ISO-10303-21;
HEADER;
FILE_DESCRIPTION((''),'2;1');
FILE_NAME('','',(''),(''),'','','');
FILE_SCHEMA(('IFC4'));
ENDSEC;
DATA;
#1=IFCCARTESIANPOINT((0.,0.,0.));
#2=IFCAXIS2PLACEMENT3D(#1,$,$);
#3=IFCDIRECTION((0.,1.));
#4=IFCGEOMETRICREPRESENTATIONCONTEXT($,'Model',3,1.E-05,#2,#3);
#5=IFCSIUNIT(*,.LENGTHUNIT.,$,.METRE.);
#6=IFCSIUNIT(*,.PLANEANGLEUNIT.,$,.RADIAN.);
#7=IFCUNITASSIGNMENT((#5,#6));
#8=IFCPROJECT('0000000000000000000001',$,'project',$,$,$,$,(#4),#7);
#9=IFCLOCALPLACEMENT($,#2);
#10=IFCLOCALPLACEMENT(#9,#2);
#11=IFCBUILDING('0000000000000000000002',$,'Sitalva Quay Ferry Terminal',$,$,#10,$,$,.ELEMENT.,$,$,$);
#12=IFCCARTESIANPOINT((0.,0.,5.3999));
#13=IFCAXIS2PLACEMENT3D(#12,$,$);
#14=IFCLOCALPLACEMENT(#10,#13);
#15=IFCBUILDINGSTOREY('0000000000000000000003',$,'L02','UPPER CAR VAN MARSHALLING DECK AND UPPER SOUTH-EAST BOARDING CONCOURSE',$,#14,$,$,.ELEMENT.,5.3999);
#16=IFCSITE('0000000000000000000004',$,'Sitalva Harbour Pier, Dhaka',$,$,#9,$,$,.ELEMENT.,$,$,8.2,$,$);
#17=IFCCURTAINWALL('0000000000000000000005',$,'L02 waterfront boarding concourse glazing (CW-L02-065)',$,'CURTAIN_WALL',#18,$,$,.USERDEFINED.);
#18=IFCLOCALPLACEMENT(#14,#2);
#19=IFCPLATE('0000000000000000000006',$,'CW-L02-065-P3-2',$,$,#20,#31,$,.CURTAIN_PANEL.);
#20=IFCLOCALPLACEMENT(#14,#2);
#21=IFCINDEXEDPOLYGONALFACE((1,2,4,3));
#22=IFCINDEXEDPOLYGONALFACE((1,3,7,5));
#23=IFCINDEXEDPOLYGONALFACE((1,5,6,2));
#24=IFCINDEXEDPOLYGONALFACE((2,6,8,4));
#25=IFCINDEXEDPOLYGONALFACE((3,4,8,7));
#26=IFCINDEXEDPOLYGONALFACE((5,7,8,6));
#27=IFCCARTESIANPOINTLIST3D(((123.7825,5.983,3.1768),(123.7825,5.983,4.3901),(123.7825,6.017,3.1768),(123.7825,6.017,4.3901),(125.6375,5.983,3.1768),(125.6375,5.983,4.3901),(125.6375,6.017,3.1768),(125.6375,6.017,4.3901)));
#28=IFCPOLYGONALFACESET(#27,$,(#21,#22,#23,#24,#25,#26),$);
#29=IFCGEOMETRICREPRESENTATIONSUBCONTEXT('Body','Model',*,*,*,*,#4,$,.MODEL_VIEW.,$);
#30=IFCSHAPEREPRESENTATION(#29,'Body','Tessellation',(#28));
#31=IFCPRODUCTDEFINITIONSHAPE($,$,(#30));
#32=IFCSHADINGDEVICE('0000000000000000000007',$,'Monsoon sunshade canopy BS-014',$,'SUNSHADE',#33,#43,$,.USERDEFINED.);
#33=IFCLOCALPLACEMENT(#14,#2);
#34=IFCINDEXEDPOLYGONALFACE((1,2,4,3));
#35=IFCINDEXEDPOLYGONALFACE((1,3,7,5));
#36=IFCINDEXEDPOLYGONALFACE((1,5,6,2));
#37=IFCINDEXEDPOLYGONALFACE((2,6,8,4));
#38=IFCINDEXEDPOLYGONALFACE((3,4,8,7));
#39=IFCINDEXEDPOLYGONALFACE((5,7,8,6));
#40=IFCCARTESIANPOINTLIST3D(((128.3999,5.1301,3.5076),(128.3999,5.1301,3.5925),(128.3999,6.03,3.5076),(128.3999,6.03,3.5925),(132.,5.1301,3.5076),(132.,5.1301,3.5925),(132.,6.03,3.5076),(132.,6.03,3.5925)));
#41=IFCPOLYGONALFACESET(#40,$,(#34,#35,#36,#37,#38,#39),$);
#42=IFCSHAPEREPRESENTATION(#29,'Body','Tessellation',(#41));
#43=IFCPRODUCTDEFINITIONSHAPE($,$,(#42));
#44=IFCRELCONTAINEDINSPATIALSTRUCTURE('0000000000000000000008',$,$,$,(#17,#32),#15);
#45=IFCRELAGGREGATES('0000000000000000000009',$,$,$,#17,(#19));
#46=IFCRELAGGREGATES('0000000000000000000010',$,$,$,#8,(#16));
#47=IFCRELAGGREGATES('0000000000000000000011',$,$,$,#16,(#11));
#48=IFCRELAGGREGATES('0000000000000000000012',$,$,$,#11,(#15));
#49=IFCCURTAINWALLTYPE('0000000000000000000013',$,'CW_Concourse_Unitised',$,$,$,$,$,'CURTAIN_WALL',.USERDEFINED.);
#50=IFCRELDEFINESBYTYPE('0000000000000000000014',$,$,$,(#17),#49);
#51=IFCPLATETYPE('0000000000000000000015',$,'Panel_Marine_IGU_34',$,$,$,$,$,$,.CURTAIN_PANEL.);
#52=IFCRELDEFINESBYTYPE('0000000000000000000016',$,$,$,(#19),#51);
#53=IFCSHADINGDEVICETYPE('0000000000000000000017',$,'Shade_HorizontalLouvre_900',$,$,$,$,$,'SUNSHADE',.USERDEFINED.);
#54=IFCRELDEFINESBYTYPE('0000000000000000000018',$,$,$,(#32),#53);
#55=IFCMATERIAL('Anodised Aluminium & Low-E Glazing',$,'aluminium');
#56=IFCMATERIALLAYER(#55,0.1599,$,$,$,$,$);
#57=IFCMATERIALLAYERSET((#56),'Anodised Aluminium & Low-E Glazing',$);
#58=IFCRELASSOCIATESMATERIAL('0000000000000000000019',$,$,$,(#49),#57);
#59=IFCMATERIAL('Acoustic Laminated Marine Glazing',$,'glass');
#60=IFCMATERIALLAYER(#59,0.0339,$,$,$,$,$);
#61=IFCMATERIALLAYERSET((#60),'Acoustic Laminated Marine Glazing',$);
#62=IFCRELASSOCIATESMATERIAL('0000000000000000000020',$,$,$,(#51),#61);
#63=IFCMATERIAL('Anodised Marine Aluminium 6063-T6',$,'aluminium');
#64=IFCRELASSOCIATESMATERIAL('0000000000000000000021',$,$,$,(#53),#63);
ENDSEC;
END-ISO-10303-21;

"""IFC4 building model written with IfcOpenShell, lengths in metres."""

from ifc_helpers import new_model, si_unit, direction, frame, origin, origin_2d, place, context, subcontext, project, spatial, rectangle, extrude, material, layer, layer_set, type_object, element, aggregate, save


model = new_model("IFC4")

# Units and contexts
model_context = context("Model", 3, precision=1e-05, world=origin(), true_north=direction((0.0, 1.0)))
body_context = subcontext(model_context, "Body", "Model", "MODEL_VIEW")
ifc_project = project(units=[si_unit("LENGTHUNIT", "METRE"), si_unit("PLANEANGLEUNIT", "RADIAN")], contexts=[model_context])

# Site, building, storey
site_placement = place(None, origin())
site = spatial("IfcSite", under=ifc_project, at=site_placement, Name="Sitalva Harbour Pier, Dhaka", CompositionType="ELEMENT", RefElevation=8.2)
building_placement = place(site_placement, origin())
building = spatial("IfcBuilding", under=site, at=building_placement, Name="Sitalva Quay Ferry Terminal", CompositionType="ELEMENT")
storey_placement = place(building_placement, frame((0.0, 0.0, 5.3999)))
storey = spatial("IfcBuildingStorey", under=building, at=storey_placement, Name="L02", Description="UPPER CAR VAN MARSHALLING DECK AND UPPER SOUTH-EAST BOARDING CONCOURSE", CompositionType="ELEMENT", Elevation=5.3999)

# Curtain wall
ifc_material_1 = material(Name="Anodised Aluminium & Low-E Glazing", Category="aluminium")
ifc_layer_1 = layer(ifc_material_1, 0.1599)
ifc_layer_set_1 = layer_set([ifc_layer_1], Name="Anodised Aluminium & Low-E Glazing")
curtain_wall_type = type_object("IfcCurtainWallType", Name="CW_Concourse_Unitised", ElementType="CURTAIN_WALL", PredefinedType="USERDEFINED", material=ifc_layer_set_1)
curtain_wall_placement = place(storey_placement, origin())
curtain_wall = element("IfcCurtainWall", 1, at=curtain_wall_placement, inside=storey, type_object=curtain_wall_type, Name="L02 waterfront boarding concourse glazing (CW-L02-065)", ObjectType="CURTAIN_WALL", PredefinedType="USERDEFINED")

# Plate
ifc_material_2 = material(Name="Acoustic Laminated Marine Glazing", Category="glass")
ifc_layer_2 = layer(ifc_material_2, 0.0339)
ifc_layer_set_2 = layer_set([ifc_layer_2], Name="Acoustic Laminated Marine Glazing")
plate_type_1 = type_object("IfcPlateType", Name="Panel_Marine_IGU_34", PredefinedType="CURTAIN_PANEL", material=ifc_layer_set_2)
plate_1_placement = place(storey_placement, frame((124.71, 6.0, 3.1768), z_axis=(0.0, 0.0, 1.0), x_axis=(1.0, 0.0, 0.0)))
plate_1 = element("IfcPlate", 2, at=plate_1_placement, type_object=plate_type_1, Name="CW-L02-065-P3-2", PredefinedType="CURTAIN_PANEL", context=body_context, shape_type="SweptSolid", body=[
    extrude(rectangle(XDim=1.855, YDim=0.0339, at=origin_2d()), origin(), (0.0, 0.0, 1.0), 1.2134),
])
aggregate(curtain_wall, [plate_1])

# Shading device
ifc_material_3 = material(Name="Anodised Marine Aluminium 6063-T6", Category="aluminium")
shading_device_type = type_object("IfcShadingDeviceType", Name="Shade_HorizontalLouvre_900", ElementType="SUNSHADE", PredefinedType="USERDEFINED", material=ifc_material_3)
shading_device_placement = place(storey_placement, frame((130.2, 5.5801, 3.5076), z_axis=(0.0, 0.0, 1.0), x_axis=(1.0, 0.0, 0.0)))
element("IfcShadingDevice", 3, at=shading_device_placement, inside=storey, type_object=shading_device_type, Name="Monsoon sunshade canopy BS-014", ObjectType="SUNSHADE", PredefinedType="USERDEFINED", context=body_context, shape_type="SweptSolid", body=[
    extrude(rectangle(XDim=3.6001, YDim=0.8999, at=origin_2d()), origin(), (0.0, 0.0, 1.0), 0.085),
])

save(model, "model.ifc")
